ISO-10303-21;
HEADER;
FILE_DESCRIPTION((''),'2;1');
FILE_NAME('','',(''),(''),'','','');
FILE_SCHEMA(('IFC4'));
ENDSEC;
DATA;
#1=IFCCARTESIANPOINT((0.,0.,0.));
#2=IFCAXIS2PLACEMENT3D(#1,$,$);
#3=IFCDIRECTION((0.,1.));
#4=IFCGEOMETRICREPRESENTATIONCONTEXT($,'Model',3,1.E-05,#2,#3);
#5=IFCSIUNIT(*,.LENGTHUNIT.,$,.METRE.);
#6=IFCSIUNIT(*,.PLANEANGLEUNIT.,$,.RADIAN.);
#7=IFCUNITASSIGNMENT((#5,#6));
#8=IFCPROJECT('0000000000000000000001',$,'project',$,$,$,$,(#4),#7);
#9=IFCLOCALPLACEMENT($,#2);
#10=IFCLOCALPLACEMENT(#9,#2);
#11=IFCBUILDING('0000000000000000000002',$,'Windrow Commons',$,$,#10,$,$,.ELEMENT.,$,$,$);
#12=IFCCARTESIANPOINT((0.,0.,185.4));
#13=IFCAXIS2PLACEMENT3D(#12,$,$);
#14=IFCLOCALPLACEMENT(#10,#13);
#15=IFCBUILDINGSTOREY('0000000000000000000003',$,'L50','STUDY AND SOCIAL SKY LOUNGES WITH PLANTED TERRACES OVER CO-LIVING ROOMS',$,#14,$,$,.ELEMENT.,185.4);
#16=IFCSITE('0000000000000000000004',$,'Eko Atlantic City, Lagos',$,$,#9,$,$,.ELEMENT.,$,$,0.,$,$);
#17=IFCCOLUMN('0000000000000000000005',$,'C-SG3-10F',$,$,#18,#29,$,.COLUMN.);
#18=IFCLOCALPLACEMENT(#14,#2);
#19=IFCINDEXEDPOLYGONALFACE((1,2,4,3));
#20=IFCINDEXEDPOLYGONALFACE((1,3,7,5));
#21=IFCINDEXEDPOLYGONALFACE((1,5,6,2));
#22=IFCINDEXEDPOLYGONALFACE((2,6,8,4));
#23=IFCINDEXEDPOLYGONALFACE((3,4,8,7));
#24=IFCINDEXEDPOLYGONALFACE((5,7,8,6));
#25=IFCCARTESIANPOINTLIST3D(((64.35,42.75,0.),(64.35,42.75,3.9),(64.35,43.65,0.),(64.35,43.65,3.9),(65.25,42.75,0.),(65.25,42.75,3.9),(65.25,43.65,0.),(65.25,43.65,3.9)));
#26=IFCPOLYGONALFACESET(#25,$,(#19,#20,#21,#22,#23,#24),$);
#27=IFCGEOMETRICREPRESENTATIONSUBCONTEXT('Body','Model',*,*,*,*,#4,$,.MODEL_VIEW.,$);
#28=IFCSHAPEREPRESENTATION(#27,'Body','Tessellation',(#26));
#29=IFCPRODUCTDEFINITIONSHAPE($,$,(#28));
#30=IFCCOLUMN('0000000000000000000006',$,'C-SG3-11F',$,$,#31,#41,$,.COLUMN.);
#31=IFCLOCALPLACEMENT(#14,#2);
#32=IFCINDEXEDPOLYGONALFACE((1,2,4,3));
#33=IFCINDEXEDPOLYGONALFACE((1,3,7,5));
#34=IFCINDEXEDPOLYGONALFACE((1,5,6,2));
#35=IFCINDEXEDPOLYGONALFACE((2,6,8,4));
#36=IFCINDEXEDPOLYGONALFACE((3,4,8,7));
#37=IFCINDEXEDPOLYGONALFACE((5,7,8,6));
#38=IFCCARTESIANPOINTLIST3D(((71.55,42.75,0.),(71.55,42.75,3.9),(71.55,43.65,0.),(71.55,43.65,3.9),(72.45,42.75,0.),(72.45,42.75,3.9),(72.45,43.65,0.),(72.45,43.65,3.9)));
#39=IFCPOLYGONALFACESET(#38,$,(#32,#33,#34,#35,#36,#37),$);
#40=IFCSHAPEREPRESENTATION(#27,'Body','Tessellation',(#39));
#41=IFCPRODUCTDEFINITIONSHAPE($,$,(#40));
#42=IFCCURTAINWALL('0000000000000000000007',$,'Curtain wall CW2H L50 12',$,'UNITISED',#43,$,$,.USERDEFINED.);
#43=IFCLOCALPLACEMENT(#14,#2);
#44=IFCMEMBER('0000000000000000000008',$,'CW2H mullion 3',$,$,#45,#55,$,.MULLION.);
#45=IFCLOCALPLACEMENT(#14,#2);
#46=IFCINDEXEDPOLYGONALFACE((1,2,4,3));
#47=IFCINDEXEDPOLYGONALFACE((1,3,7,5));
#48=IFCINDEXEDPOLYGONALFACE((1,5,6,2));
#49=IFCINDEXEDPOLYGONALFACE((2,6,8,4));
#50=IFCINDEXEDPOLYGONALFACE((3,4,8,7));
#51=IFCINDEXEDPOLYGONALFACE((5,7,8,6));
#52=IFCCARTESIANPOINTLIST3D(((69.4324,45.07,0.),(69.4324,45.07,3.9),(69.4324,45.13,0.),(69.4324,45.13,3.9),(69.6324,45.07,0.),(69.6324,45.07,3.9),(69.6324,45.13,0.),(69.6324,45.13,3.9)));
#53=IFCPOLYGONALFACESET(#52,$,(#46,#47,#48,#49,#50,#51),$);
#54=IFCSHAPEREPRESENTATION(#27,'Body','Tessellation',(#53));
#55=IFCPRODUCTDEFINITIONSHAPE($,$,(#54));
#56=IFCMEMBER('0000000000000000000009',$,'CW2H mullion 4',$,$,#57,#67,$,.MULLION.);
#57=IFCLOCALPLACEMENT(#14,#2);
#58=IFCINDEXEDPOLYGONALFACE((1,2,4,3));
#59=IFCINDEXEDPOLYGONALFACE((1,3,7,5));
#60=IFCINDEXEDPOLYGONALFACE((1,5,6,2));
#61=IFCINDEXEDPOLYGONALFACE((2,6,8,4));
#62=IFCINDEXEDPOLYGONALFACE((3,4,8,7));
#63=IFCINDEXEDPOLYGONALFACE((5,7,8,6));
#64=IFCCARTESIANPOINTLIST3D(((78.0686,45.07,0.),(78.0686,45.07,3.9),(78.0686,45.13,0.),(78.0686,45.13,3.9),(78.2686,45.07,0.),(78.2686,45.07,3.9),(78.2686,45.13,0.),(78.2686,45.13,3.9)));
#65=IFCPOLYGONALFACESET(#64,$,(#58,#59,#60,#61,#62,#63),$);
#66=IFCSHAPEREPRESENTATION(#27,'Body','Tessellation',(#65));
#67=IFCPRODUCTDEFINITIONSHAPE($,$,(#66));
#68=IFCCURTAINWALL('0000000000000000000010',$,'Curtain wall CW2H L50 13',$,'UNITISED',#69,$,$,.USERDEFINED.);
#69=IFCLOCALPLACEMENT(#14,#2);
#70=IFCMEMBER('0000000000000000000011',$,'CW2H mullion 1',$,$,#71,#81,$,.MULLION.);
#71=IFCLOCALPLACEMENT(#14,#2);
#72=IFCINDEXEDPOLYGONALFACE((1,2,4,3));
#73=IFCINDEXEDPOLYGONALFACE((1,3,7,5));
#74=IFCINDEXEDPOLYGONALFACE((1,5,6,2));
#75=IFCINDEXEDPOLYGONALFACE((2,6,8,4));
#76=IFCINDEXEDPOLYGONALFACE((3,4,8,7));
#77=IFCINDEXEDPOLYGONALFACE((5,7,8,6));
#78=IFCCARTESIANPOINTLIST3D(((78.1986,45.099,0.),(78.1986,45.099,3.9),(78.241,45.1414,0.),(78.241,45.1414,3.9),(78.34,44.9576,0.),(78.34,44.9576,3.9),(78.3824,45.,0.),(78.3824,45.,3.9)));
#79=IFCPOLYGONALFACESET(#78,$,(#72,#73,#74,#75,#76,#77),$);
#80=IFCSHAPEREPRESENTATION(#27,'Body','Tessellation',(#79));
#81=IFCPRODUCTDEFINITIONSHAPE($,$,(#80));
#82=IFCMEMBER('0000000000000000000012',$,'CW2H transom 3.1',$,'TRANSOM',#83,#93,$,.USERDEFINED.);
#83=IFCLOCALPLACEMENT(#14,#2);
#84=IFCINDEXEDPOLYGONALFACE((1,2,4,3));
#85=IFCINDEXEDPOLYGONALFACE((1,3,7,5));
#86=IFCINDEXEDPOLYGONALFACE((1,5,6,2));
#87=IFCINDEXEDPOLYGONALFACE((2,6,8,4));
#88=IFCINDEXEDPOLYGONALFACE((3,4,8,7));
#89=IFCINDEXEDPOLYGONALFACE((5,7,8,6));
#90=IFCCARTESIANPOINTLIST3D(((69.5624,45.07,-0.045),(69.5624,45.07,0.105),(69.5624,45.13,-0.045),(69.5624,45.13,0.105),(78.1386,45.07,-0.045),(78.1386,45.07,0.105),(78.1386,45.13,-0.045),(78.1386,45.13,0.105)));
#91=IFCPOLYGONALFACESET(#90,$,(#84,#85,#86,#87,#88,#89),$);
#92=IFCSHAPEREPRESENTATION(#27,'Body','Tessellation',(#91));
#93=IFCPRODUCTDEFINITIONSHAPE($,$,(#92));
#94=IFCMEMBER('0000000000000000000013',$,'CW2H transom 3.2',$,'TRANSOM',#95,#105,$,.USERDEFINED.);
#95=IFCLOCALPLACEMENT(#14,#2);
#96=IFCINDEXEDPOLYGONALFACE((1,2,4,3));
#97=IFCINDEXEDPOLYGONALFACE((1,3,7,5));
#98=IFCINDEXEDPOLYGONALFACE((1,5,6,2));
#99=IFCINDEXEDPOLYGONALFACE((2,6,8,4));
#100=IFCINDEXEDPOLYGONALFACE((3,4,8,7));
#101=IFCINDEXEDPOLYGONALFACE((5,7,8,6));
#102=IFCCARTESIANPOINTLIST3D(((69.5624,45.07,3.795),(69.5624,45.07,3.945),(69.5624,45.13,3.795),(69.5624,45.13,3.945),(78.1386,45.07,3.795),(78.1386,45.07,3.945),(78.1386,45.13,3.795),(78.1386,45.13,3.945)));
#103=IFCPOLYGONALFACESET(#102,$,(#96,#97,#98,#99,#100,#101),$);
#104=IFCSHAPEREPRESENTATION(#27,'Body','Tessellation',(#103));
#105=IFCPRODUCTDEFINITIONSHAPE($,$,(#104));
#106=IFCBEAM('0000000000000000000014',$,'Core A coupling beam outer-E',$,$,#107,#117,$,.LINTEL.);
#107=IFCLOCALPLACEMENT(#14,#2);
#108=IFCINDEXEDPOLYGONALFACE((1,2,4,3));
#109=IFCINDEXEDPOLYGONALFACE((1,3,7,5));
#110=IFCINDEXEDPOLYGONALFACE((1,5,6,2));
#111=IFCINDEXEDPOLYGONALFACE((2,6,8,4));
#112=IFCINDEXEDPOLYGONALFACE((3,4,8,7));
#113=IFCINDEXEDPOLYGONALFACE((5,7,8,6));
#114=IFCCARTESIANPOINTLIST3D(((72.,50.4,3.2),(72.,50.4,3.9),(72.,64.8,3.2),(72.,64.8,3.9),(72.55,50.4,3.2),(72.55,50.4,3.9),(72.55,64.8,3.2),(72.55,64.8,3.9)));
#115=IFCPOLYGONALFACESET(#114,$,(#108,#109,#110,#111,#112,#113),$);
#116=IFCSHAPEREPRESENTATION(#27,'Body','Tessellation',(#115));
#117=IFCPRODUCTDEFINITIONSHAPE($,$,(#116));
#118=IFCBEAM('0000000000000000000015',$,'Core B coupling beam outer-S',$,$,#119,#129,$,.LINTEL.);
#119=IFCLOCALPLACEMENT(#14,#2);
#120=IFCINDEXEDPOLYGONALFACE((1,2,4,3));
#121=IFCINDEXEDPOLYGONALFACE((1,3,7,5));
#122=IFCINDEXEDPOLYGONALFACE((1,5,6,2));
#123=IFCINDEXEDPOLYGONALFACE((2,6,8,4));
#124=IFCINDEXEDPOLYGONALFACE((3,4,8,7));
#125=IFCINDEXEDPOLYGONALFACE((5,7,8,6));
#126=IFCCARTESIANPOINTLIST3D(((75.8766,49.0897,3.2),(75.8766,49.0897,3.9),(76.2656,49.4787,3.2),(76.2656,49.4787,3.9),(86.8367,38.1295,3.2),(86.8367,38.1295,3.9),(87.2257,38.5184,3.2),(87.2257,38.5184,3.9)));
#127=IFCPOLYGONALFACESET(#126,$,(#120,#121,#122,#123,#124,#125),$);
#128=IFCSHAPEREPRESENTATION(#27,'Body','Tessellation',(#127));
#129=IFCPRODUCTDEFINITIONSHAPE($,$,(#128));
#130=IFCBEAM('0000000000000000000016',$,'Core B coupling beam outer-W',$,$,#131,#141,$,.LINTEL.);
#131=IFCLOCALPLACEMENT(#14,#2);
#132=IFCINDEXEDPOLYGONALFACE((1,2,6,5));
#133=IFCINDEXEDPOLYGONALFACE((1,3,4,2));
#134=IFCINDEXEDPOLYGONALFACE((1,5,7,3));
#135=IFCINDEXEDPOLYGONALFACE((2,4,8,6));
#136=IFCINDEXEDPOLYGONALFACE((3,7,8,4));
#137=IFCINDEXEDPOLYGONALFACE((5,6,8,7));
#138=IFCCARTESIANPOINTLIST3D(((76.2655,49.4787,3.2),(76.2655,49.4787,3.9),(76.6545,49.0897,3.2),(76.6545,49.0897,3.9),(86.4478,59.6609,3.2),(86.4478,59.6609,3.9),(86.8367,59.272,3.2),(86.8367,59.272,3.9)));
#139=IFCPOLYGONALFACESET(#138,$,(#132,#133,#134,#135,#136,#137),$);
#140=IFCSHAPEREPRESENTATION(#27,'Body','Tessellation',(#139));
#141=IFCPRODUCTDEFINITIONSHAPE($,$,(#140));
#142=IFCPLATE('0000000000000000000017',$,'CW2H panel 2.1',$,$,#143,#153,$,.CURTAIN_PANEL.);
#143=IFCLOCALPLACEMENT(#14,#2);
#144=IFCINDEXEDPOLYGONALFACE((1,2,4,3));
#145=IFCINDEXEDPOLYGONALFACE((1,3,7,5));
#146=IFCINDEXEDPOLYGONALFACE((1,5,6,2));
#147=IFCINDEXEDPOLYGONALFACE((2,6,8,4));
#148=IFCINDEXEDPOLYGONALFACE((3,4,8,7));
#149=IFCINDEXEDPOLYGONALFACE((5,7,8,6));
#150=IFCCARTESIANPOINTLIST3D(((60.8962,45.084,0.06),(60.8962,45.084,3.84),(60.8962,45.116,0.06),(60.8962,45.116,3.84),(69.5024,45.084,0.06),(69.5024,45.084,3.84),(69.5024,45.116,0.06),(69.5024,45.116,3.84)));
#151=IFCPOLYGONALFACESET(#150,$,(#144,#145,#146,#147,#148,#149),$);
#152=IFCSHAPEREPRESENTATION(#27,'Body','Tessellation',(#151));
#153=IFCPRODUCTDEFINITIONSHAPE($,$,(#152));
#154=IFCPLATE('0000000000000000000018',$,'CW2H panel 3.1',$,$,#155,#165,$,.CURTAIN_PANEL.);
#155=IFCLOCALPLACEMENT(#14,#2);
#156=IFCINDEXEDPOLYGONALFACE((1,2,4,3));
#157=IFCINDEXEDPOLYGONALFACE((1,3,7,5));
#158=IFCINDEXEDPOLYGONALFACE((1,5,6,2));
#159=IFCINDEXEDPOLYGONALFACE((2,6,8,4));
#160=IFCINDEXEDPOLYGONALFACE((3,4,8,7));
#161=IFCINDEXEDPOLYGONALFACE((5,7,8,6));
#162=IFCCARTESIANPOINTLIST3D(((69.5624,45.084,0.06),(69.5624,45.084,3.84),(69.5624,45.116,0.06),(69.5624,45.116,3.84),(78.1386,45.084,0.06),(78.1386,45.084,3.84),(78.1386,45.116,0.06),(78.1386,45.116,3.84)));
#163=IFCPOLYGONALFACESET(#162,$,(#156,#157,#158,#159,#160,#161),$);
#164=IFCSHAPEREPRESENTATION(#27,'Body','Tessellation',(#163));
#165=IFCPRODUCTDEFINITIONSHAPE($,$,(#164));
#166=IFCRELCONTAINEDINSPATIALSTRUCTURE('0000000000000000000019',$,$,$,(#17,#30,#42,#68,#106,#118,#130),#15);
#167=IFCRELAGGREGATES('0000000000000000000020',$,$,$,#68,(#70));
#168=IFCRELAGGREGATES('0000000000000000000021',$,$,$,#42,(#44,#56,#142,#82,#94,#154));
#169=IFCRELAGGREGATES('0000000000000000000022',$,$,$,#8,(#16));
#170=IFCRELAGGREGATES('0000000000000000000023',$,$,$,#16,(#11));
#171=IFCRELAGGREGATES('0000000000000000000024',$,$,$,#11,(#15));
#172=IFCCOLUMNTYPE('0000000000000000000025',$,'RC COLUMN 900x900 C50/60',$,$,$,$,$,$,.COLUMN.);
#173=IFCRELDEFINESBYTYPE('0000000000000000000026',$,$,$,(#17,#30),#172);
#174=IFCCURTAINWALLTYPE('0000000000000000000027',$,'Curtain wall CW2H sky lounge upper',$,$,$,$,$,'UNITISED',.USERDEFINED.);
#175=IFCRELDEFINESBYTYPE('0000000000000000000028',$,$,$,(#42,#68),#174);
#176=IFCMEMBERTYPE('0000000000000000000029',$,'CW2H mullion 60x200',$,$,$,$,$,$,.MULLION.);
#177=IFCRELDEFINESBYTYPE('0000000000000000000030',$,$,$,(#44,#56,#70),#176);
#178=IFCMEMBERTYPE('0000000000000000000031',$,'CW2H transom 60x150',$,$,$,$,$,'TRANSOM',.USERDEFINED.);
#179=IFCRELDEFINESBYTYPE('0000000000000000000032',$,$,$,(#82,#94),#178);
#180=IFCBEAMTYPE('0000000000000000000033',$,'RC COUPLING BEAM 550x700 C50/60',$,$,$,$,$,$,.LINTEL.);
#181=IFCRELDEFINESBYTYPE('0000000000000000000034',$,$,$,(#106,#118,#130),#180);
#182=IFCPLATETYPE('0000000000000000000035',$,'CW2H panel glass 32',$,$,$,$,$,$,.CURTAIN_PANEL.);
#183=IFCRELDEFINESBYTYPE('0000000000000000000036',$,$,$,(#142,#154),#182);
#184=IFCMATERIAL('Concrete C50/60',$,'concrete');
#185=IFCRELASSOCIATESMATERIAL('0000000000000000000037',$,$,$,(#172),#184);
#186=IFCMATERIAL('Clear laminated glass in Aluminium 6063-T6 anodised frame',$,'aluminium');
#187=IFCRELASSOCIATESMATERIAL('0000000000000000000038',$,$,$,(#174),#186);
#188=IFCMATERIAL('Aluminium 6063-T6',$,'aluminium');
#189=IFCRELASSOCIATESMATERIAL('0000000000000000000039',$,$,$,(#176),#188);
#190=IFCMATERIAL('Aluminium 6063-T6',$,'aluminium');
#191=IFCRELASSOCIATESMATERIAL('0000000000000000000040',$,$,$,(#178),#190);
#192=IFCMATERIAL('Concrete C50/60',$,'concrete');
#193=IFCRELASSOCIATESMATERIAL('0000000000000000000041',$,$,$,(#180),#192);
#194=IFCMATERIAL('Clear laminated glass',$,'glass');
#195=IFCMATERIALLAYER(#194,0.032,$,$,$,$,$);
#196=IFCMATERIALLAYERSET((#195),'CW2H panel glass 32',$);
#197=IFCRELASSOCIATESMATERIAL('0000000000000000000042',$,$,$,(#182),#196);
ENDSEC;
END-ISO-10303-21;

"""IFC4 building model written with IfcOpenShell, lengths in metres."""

from ifc_helpers import new_model, si_unit, direction, frame, origin, origin_2d, place, context, subcontext, project, spatial, rectangle, extrude, material, layer, layer_set, material_profile, profile_set, type_object, element, aggregate, save


model = new_model("IFC4")

# Units and contexts
model_context = context("Model", 3, precision=1e-05, world=origin(), true_north=direction((0.0, 1.0)))
body_context = subcontext(model_context, "Body", "Model", "MODEL_VIEW")
ifc_project = project(units=[si_unit("LENGTHUNIT", "METRE"), si_unit("PLANEANGLEUNIT", "RADIAN")], contexts=[model_context])

# Site, building, storey
site_placement = place(None, origin())
site = spatial("IfcSite", under=ifc_project, at=site_placement, Name="Eko Atlantic City, Lagos", CompositionType="ELEMENT", RefElevation=0.0)
building_placement = place(site_placement, origin())
building = spatial("IfcBuilding", under=site, at=building_placement, Name="Windrow Commons", CompositionType="ELEMENT")
storey_placement = place(building_placement, frame((0.0, 0.0, 185.4)))
storey = spatial("IfcBuildingStorey", under=building, at=storey_placement, Name="L50", Description="STUDY AND SOCIAL SKY LOUNGES WITH PLANTED TERRACES OVER CO-LIVING ROOMS", CompositionType="ELEMENT", Elevation=185.4)

# Columns
ifc_material_1 = material(Name="Concrete C50/60", Category="concrete")
ifc_material_profile_1 = material_profile(ifc_material_1, rectangle(XDim=0.9, YDim=0.9, at=origin_2d()))
ifc_profile_set_1 = profile_set([ifc_material_profile_1], Name="Concrete C50/60")
column_type = type_object("IfcColumnType", Name="RC COLUMN 900x900 C50/60", PredefinedType="COLUMN", material=ifc_profile_set_1)
for number, where, z_axis, x_axis, name in (
    (1, (64.8, 43.2, 0.0), (0.0, 0.0, 1.0), (1.0, 0.0, 0.0), "C-SG3-10F"),
    (2, (72.0, 43.2, 0.0), (0.0, 0.0, 1.0), (1.0, 0.0, 0.0), "C-SG3-11F"),
):
    element("IfcColumn", number, at=place(storey_placement, frame(where, z_axis=z_axis, x_axis=x_axis)), inside=storey, type_object=column_type, Name=name, PredefinedType="COLUMN", context=body_context, shape_type="SweptSolid", body=[
        extrude(rectangle(XDim=0.9, YDim=0.9, at=origin_2d()), origin(), (0.0, 0.0, 1.0), 3.9),
    ])

# Curtain wall, members
ifc_material_2 = material(Name="Clear laminated glass in Aluminium 6063-T6 anodised frame", Category="aluminium")
curtain_wall_type = type_object("IfcCurtainWallType", Name="Curtain wall CW2H sky lounge upper", ElementType="UNITISED", PredefinedType="USERDEFINED", material=ifc_material_2)
placement = place(storey_placement, origin())
curtain_wall_1 = element("IfcCurtainWall", 3, at=placement, inside=storey, type_object=curtain_wall_type, Name="Curtain wall CW2H L50 12", ObjectType="UNITISED", PredefinedType="USERDEFINED")
ifc_material_3 = material(Name="Aluminium 6063-T6", Category="aluminium")
ifc_material_profile_2 = material_profile(ifc_material_3, rectangle(XDim=0.06, YDim=0.2, at=origin_2d()))
ifc_profile_set_2 = profile_set([ifc_material_profile_2], Name="Aluminium 6063-T6")
member_type_1 = type_object("IfcMemberType", Name="CW2H mullion 60x200", PredefinedType="MULLION", material=ifc_profile_set_2)
member_1_placement = place(storey_placement, frame((69.5324, 45.1, 0.0), z_axis=(0.0, 0.0, 1.0), x_axis=(0.0, 1.0, 0.0)))
member_1 = element("IfcMember", 4, at=member_1_placement, type_object=member_type_1, Name="CW2H mullion 3", PredefinedType="MULLION", context=body_context, shape_type="SweptSolid", body=[
    extrude(rectangle(XDim=0.06, YDim=0.2, at=origin_2d()), origin(), (0.0, 0.0, 1.0), 3.9),
])
member_2_placement = place(storey_placement, frame((78.1686, 45.1, 0.0), z_axis=(0.0, 0.0, 1.0), x_axis=(0.0, 1.0, 0.0)))
member_2 = element("IfcMember", 5, at=member_2_placement, type_object=member_type_1, Name="CW2H mullion 4", PredefinedType="MULLION", context=body_context, shape_type="SweptSolid", body=[
    extrude(rectangle(XDim=0.06, YDim=0.2, at=origin_2d()), origin(), (0.0, 0.0, 1.0), 3.9),
])

# Curtain wall, member
curtain_wall_2 = element("IfcCurtainWall", 6, at=placement, inside=storey, type_object=curtain_wall_type, Name="Curtain wall CW2H L50 13", ObjectType="UNITISED", PredefinedType="USERDEFINED")
member_3_placement = place(storey_placement, frame((78.2905, 45.0495, 0.0), z_axis=(0.0, 0.0, 1.0), x_axis=(0.70711, 0.707104, 0.0)))
member_3 = element("IfcMember", 7, at=member_3_placement, type_object=member_type_1, Name="CW2H mullion 1", PredefinedType="MULLION", context=body_context, shape_type="SweptSolid", body=[
    extrude(rectangle(XDim=0.06, YDim=0.2, at=origin_2d()), origin(), (0.0, 0.0, 1.0), 3.9),
])
aggregate(curtain_wall_2, [member_3])

# Members
ifc_material_4 = material(Name="Aluminium 6063-T6", Category="aluminium")
ifc_material_profile_3 = material_profile(ifc_material_4, rectangle(XDim=0.06, YDim=0.15, at=origin_2d()))
ifc_profile_set_3 = profile_set([ifc_material_profile_3], Name="Aluminium 6063-T6")
member_type_2 = type_object("IfcMemberType", Name="CW2H transom 60x150", ElementType="TRANSOM", PredefinedType="USERDEFINED", material=ifc_profile_set_3)
member_4_placement = place(storey_placement, frame((69.5624, 45.1, 0.03), z_axis=(1.0, 0.0, 0.0), x_axis=(0.0, 1.0, 0.0)))
member_4 = element("IfcMember", 8, at=member_4_placement, type_object=member_type_2, Name="CW2H transom 3.1", ObjectType="TRANSOM", PredefinedType="USERDEFINED", context=body_context, shape_type="SweptSolid", body=[
    extrude(rectangle(XDim=0.06, YDim=0.15, at=origin_2d()), origin(), (0.0, 0.0, 1.0), 8.5762),
])
member_5_placement = place(storey_placement, frame((69.5624, 45.1, 3.87), z_axis=(1.0, 0.0, 0.0), x_axis=(0.0, 1.0, 0.0)))
member_5 = element("IfcMember", 9, at=member_5_placement, type_object=member_type_2, Name="CW2H transom 3.2", ObjectType="TRANSOM", PredefinedType="USERDEFINED", context=body_context, shape_type="SweptSolid", body=[
    extrude(rectangle(XDim=0.06, YDim=0.15, at=origin_2d()), origin(), (0.0, 0.0, 1.0), 8.5762),
])

# Beams
ifc_material_5 = material(Name="Concrete C50/60", Category="concrete")
ifc_material_profile_4 = material_profile(ifc_material_5, rectangle(XDim=0.55, YDim=0.7, at=origin_2d()))
ifc_profile_set_4 = profile_set([ifc_material_profile_4], Name="Concrete C50/60")
beam_type = type_object("IfcBeamType", Name="RC COUPLING BEAM 550x700 C50/60", PredefinedType="LINTEL", material=ifc_profile_set_4)
beam_1_placement = place(storey_placement, frame((72.275, 50.4, 3.55), z_axis=(0.0, 1.0, 0.0), x_axis=(-1.0, 0.0, 0.0)))
element("IfcBeam", 10, at=beam_1_placement, inside=storey, type_object=beam_type, Name="Core A coupling beam outer-E", PredefinedType="LINTEL", context=body_context, shape_type="SweptSolid", body=[
    extrude(rectangle(XDim=0.55, YDim=0.7, at=origin_2d()), origin(), (0.0, 0.0, 1.0), 14.4),
])
beam_2_placement = place(storey_placement, frame((76.0711, 49.2842, 3.55), z_axis=(0.707104, -0.70711, 0.0), x_axis=(0.70711, 0.707104, 0.0)))
element("IfcBeam", 11, at=beam_2_placement, inside=storey, type_object=beam_type, Name="Core B coupling beam outer-S", PredefinedType="LINTEL", context=body_context, shape_type="SweptSolid", body=[
    extrude(rectangle(XDim=0.55, YDim=0.7, at=origin_2d()), origin(), (0.0, 0.0, 1.0), 15.5),
])
beam_3_placement = place(storey_placement, frame((76.46, 49.2842, 3.55), z_axis=(0.707107, 0.707107, 0.0), x_axis=(-0.707107, 0.707107, 0.0)))
element("IfcBeam", 12, at=beam_3_placement, inside=storey, type_object=beam_type, Name="Core B coupling beam outer-W", PredefinedType="LINTEL", context=body_context, shape_type="SweptSolid", body=[
    extrude(rectangle(XDim=0.55, YDim=0.7, at=origin_2d()), origin(), (0.0, 0.0, 1.0), 14.3999),
])

# Plates
ifc_material_6 = material(Name="Clear laminated glass", Category="glass")
ifc_layer_1 = layer(ifc_material_6, 0.032)
ifc_layer_set_1 = layer_set([ifc_layer_1], Name="CW2H panel glass 32")
plate_type = type_object("IfcPlateType", Name="CW2H panel glass 32", PredefinedType="CURTAIN_PANEL", material=ifc_layer_set_1)
plate_1_placement = place(storey_placement, frame((65.1993, 45.1, 0.06), z_axis=(0.0, 0.0, 1.0), x_axis=(1.0, 0.0, 0.0)))
plate_1 = element("IfcPlate", 13, at=plate_1_placement, type_object=plate_type, Name="CW2H panel 2.1", PredefinedType="CURTAIN_PANEL", context=body_context, shape_type="SweptSolid", body=[
    extrude(rectangle(XDim=8.6062, YDim=0.032, at=origin_2d()), origin(), (0.0, 0.0, 1.0), 3.78),
])
plate_2_placement = place(storey_placement, frame((73.8505, 45.1, 0.06), z_axis=(0.0, 0.0, 1.0), x_axis=(1.0, 0.0, 0.0)))
plate_2 = element("IfcPlate", 14, at=plate_2_placement, type_object=plate_type, Name="CW2H panel 3.1", PredefinedType="CURTAIN_PANEL", context=body_context, shape_type="SweptSolid", body=[
    extrude(rectangle(XDim=8.5762, YDim=0.032, at=origin_2d()), origin(), (0.0, 0.0, 1.0), 3.78),
])
aggregate(curtain_wall_1, [member_1, member_2, plate_1, member_4, member_5, plate_2])

save(model, "model.ifc")
